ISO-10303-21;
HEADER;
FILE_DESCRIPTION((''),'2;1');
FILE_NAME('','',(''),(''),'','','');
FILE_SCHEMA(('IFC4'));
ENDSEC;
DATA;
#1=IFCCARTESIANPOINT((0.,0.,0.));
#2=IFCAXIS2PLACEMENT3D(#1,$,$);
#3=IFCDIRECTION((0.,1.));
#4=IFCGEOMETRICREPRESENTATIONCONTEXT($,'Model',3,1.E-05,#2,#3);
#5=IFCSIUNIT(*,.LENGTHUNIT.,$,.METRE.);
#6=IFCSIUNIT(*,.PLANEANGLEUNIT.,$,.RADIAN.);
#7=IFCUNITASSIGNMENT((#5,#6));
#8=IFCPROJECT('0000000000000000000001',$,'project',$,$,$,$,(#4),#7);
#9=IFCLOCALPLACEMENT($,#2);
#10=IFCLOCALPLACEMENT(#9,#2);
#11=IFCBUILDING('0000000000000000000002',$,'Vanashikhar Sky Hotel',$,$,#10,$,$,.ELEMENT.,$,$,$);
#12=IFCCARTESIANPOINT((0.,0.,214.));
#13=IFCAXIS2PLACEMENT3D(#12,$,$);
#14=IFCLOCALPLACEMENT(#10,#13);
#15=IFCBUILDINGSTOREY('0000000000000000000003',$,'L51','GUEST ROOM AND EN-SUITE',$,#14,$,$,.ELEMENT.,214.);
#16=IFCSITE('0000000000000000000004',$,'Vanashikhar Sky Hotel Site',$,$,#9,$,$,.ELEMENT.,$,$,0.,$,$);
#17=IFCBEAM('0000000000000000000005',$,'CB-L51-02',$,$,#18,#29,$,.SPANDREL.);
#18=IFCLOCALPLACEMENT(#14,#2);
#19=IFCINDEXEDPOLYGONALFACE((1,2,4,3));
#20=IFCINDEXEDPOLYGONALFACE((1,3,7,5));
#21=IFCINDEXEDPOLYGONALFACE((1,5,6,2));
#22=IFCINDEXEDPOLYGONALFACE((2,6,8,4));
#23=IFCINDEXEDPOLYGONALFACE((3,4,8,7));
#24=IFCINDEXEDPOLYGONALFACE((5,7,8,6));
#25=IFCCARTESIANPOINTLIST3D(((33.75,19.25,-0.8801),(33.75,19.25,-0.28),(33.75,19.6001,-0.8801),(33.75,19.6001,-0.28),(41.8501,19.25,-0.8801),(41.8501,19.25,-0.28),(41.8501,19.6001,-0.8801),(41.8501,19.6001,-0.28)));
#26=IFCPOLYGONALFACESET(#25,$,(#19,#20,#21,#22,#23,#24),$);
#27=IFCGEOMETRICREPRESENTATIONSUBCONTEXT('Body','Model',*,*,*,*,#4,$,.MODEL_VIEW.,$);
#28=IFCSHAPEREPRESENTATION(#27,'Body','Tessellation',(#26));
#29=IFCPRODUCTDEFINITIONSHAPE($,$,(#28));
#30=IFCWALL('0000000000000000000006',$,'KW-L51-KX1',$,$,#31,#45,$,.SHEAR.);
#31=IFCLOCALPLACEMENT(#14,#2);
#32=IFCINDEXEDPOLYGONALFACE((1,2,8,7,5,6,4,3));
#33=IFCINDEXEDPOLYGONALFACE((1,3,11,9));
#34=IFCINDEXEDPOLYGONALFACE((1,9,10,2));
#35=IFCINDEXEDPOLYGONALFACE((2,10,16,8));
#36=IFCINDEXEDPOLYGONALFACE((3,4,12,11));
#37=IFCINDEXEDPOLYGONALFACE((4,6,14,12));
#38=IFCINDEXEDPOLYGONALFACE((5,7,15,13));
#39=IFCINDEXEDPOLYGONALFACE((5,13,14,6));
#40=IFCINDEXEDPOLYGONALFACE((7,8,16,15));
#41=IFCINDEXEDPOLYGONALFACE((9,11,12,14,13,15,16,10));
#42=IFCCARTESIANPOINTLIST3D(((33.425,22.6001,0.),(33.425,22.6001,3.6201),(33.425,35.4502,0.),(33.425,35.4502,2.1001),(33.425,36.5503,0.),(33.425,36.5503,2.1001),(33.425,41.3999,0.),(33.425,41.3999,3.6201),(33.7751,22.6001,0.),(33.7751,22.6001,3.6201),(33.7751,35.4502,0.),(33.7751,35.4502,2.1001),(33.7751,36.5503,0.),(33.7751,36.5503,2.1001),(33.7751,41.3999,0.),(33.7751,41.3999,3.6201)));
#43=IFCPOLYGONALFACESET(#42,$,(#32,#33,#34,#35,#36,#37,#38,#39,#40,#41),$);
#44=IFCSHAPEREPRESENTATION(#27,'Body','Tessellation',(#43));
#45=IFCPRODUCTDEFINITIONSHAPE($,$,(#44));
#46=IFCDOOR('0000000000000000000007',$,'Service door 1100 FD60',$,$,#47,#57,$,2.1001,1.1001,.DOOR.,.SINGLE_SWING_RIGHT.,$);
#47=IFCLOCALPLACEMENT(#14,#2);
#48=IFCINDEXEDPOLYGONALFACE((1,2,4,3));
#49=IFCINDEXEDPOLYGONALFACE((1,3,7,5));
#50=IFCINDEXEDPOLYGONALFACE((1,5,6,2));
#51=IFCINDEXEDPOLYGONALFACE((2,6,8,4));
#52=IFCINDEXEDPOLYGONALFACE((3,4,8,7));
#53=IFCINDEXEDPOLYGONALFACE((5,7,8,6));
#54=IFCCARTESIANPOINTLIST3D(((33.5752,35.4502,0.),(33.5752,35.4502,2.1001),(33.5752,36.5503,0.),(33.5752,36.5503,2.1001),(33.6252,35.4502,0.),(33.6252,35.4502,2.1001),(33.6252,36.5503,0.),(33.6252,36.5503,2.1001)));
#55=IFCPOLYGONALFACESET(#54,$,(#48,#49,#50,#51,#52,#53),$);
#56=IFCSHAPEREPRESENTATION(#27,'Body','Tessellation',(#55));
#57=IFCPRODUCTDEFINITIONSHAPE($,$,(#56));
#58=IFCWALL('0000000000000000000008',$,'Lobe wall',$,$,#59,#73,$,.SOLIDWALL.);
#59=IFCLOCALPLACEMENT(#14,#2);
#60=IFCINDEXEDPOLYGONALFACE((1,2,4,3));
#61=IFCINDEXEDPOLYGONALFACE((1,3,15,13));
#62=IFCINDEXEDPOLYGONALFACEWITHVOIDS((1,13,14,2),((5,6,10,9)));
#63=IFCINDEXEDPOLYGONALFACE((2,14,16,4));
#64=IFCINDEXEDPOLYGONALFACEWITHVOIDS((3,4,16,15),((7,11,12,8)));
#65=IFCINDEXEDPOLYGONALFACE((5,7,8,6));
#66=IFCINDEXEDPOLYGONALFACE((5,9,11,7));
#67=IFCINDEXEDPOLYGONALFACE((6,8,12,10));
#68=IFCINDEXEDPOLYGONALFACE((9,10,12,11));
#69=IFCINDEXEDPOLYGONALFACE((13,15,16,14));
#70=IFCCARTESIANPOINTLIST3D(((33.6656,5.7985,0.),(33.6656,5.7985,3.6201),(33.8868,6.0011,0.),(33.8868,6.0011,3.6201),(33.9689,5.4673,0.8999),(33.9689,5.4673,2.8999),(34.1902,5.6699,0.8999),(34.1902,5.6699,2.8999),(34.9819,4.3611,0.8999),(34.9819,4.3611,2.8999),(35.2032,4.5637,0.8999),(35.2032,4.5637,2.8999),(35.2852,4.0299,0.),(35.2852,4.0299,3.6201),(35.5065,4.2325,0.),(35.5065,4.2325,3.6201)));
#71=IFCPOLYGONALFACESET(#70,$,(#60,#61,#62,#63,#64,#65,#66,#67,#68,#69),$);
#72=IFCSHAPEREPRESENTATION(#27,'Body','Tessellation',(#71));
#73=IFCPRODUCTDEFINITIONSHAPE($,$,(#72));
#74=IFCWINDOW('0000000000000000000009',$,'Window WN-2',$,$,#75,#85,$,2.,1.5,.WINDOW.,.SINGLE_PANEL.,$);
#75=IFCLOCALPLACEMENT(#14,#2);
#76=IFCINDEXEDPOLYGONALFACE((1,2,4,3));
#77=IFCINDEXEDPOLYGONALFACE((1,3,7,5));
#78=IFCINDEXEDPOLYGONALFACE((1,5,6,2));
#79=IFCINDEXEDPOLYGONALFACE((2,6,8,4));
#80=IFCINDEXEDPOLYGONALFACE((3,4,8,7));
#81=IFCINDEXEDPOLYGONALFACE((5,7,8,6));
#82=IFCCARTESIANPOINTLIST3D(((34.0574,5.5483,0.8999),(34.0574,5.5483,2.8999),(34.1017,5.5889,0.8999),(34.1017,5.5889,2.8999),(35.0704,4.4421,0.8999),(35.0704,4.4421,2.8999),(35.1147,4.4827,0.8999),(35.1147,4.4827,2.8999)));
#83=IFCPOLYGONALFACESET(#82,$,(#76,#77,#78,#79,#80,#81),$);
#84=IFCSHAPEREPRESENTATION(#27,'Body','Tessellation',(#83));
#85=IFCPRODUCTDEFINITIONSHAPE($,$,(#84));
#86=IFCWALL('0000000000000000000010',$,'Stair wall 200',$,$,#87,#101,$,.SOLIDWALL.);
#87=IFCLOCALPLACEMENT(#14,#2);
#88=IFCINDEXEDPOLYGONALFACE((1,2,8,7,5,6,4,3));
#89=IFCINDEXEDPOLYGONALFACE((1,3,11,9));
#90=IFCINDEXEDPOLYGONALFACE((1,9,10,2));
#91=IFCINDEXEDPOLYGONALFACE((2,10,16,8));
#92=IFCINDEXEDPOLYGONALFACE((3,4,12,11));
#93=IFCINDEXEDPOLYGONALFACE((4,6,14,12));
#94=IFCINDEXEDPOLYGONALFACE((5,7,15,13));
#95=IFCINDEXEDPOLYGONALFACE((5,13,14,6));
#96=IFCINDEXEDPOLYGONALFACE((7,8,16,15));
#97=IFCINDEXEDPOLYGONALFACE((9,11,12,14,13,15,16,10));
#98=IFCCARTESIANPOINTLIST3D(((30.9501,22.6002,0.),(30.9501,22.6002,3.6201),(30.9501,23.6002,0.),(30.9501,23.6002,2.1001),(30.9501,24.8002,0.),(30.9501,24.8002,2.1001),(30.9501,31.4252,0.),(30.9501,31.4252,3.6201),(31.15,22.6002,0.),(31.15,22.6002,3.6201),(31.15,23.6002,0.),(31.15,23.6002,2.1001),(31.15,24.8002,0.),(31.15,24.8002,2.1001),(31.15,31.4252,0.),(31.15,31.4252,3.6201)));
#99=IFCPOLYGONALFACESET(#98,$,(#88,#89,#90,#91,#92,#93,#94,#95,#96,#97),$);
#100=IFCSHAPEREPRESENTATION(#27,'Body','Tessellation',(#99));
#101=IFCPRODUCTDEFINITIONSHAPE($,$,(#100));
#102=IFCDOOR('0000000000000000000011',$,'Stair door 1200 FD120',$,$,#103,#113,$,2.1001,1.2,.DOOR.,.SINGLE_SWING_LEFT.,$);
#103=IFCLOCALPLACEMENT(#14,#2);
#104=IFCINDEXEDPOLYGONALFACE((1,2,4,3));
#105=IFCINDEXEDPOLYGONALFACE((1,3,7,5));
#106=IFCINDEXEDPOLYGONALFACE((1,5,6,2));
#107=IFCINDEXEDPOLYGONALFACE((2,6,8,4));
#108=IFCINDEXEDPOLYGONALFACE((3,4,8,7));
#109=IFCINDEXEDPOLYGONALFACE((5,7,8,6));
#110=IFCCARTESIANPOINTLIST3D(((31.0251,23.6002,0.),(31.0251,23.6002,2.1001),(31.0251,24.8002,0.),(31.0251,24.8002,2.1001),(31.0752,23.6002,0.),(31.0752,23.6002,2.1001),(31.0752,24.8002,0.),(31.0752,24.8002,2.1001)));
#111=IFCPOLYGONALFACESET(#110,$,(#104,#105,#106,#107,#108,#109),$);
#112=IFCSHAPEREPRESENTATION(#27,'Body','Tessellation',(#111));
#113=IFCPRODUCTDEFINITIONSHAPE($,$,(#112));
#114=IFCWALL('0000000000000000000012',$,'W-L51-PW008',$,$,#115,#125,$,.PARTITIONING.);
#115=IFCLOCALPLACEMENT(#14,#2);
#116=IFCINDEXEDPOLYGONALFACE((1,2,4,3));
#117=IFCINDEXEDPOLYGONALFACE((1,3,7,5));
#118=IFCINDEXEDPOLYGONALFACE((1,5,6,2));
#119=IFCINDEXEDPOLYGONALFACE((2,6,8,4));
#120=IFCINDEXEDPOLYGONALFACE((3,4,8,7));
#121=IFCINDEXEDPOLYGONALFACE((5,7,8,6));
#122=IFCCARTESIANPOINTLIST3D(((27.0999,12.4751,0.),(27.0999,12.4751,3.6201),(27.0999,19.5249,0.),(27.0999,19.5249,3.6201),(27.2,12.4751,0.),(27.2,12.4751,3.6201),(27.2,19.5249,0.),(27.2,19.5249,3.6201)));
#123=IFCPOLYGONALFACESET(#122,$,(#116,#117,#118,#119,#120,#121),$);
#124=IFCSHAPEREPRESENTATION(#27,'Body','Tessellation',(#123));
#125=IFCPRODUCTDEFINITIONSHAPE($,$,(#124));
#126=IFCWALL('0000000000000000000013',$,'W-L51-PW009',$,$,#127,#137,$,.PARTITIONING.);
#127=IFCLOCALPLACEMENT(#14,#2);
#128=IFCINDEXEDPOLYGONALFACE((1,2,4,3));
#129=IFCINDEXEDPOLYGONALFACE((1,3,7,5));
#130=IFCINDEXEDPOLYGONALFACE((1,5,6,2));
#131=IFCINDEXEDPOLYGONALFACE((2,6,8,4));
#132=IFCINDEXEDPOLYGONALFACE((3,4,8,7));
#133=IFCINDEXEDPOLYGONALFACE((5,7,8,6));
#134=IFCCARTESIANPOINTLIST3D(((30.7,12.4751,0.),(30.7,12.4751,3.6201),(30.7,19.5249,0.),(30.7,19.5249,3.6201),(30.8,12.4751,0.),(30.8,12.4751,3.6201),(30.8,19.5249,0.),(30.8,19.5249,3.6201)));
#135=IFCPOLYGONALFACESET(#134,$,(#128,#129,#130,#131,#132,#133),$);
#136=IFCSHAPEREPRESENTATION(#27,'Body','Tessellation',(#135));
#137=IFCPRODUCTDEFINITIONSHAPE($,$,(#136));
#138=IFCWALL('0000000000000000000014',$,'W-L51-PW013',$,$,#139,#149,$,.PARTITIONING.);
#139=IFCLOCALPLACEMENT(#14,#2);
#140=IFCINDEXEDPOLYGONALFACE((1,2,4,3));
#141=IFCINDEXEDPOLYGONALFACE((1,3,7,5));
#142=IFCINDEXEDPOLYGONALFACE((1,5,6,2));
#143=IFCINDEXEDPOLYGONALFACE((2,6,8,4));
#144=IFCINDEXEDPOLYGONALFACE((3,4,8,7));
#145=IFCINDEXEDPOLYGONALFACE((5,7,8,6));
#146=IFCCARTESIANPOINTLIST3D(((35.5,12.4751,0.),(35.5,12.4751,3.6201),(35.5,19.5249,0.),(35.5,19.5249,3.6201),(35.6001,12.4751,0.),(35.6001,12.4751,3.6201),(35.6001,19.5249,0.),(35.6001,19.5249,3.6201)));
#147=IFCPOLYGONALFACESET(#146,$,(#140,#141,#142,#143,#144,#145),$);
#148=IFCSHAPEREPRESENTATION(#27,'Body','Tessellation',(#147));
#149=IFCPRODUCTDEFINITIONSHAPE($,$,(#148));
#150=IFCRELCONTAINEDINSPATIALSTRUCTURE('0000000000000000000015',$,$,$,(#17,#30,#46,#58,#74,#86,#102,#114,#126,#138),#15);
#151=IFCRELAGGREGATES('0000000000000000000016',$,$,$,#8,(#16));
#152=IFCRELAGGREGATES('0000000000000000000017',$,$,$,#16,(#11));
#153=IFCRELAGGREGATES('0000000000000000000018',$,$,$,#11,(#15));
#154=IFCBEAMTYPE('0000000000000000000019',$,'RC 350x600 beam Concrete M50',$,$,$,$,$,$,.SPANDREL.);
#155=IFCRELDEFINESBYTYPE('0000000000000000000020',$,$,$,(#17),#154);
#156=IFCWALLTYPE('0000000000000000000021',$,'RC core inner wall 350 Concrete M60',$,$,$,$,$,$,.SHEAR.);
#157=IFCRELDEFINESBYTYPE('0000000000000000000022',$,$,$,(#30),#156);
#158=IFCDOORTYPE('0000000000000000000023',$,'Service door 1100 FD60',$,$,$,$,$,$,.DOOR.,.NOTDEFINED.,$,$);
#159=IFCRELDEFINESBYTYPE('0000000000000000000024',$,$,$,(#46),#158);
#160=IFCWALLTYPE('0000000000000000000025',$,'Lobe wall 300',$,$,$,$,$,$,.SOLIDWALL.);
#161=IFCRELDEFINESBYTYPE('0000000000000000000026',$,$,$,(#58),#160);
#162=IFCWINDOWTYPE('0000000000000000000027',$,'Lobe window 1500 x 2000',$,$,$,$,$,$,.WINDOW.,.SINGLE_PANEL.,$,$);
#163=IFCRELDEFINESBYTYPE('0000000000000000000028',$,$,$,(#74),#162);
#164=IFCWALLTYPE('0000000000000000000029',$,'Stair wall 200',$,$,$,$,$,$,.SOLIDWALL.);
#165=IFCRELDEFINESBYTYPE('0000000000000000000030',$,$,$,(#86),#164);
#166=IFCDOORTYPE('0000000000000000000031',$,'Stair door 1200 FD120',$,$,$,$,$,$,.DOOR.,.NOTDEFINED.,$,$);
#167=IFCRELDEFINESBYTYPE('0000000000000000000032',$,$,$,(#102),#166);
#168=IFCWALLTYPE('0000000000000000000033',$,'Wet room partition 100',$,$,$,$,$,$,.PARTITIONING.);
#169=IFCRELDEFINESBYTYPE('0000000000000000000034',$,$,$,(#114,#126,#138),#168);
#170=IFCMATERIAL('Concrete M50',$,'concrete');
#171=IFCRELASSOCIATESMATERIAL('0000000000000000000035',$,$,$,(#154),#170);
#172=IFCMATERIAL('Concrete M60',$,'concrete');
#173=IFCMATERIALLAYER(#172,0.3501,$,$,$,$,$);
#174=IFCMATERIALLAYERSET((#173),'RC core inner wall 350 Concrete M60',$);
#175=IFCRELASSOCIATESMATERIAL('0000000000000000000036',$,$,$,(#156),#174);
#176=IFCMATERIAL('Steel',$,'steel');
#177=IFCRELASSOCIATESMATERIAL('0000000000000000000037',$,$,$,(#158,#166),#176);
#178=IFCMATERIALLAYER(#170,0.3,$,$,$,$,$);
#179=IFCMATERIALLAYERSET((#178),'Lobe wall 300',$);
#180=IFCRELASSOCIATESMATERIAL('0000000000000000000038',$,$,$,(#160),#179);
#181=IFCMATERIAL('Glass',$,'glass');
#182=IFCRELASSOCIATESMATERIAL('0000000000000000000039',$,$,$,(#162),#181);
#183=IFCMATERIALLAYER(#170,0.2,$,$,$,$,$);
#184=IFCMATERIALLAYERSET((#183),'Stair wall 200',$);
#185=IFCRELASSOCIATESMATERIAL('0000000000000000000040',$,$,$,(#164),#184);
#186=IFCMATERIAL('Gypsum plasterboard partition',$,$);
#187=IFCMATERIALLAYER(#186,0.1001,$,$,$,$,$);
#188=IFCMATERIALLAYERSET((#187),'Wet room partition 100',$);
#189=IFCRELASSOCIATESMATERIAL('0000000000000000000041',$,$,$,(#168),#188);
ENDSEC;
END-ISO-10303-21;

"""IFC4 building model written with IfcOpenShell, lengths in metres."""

from ifc_helpers import new_model, si_unit, direction, frame, frame_2d, origin, origin_2d, place, context, subcontext, project, spatial, rectangle, extrude, source, transform, mapped, material, layer, layer_set, material_profile, profile_set, type_object, element, fill, save


model = new_model("IFC4")

# Units and contexts
model_context = context("Model", 3, precision=1e-05, world=origin(), true_north=direction((0.0, 1.0)))
body_context = subcontext(model_context, "Body", "Model", "MODEL_VIEW")
ifc_project = project(units=[si_unit("LENGTHUNIT", "METRE"), si_unit("PLANEANGLEUNIT", "RADIAN")], contexts=[model_context])

# Site, building, storey
site_placement = place(None, origin())
site = spatial("IfcSite", under=ifc_project, at=site_placement, Name="Vanashikhar Sky Hotel Site", CompositionType="ELEMENT", RefElevation=0.0)
building_placement = place(site_placement, origin())
building = spatial("IfcBuilding", under=site, at=building_placement, Name="Vanashikhar Sky Hotel", CompositionType="ELEMENT")
storey_placement = place(building_placement, frame((0.0, 0.0, 214.0)))
storey = spatial("IfcBuildingStorey", under=building, at=storey_placement, Name="L51", Description="GUEST ROOM AND EN-SUITE", CompositionType="ELEMENT", Elevation=214.0)

# Beam
ifc_material_1 = material(Name="Concrete M50", Category="concrete")
ifc_material_profile = material_profile(ifc_material_1, rectangle(XDim=0.3501, YDim=0.6001, at=origin_2d()))
ifc_profile_set = profile_set([ifc_material_profile], Name="RC 350x600 beam Concrete M50")
beam_type = type_object("IfcBeamType", Name="RC 350x600 beam Concrete M50", PredefinedType="SPANDREL", material=ifc_profile_set)
shared_shape_1 = source(origin(), body_context, "Body", "SweptSolid", [
    extrude(rectangle(XDim=0.3501, YDim=0.6001, at=origin_2d()), origin(), (0.0, 0.0, 1.0), 8.1001),
])
beam_placement = place(storey_placement, frame((33.75, 19.425, -0.5801), z_axis=(1.0, 0.0, 0.0), x_axis=(0.0, 1.0, 0.0)))
element("IfcBeam", 1, at=beam_placement, inside=storey, type_object=beam_type, Name="CB-L51-02", PredefinedType="SPANDREL", context=body_context, shape_type="MappedRepresentation", body=[
    mapped(shared_shape_1, transform((0.0, 0.0, 0.0), scale=1.0)),
])

# Wall, opening, door
ifc_material_2 = material(Name="Concrete M60", Category="concrete")
ifc_layer_1 = layer(ifc_material_2, 0.3501)
ifc_layer_set_1 = layer_set([ifc_layer_1], Name="RC core inner wall 350 Concrete M60")
wall_type_1 = type_object("IfcWallType", Name="RC core inner wall 350 Concrete M60", PredefinedType="SHEAR", material=ifc_layer_set_1)
shared_shape_2 = source(origin(), body_context, "Body", "SweptSolid", [
    extrude(rectangle(XDim=18.7998, YDim=0.3501, at=frame_2d((9.3999, 0.0))), origin(), (0.0, 0.0, 1.0), 3.6201),
])
wall_1_placement = place(storey_placement, frame((33.6001, 22.6001, 0.0), z_axis=(0.0, 0.0, 1.0), x_axis=(0.0, 1.0, 0.0)))
wall_1 = element("IfcWall", 2, at=wall_1_placement, inside=storey, type_object=wall_type_1, Name="KW-L51-KX1", PredefinedType="SHEAR", context=body_context, shape_type="MappedRepresentation", body=[
    mapped(shared_shape_2, transform((0.0, 0.0, 0.0), scale=1.0)),
])
shared_shape_3 = source(origin(), body_context, "Body", "SweptSolid", [
    extrude(rectangle(XDim=1.1001, YDim=2.1001, at=frame_2d((0.55, 1.05))), frame((0.0, 0.1851, 0.0), z_axis=(0.0, -1.0, 0.0), x_axis=(1.0, 0.0, 0.0)), (0.0, 0.0, 1.0), 0.3701),
])
opening_1_placement = place(wall_1_placement, frame((12.8501, 0.0, 0.0)))
opening_1 = element("IfcOpeningElement", 3, at=opening_1_placement, cuts=wall_1, PredefinedType="OPENING", context=body_context, shape_type="MappedRepresentation", body=[
    mapped(shared_shape_3, transform((0.0, 0.0, 0.0), scale=1.0)),
])
ifc_material_3 = material(Name="Steel", Category="steel")
door_type_1 = type_object("IfcDoorType", Name="Service door 1100 FD60", OperationType="NOTDEFINED", PredefinedType="DOOR", material=ifc_material_3)
shared_shape_4 = source(origin(), body_context, "Body", "SweptSolid", [
    extrude(rectangle(XDim=1.1001, YDim=2.1001, at=frame_2d((0.55, 1.05))), frame((0.0, 0.0249, 0.0), z_axis=(0.0, -1.0, 0.0), x_axis=(1.0, 0.0, 0.0)), (0.0, 0.0, 1.0), 0.05),
])
door_1_placement = place(opening_1_placement, origin())
door_1 = element("IfcDoor", 4, at=door_1_placement, inside=storey, type_object=door_type_1, Name="Service door 1100 FD60", OperationType="SINGLE_SWING_RIGHT", OverallHeight=2.1001, OverallWidth=1.1001, PredefinedType="DOOR", context=body_context, shape_type="MappedRepresentation", body=[
    mapped(shared_shape_4, transform((0.0, 0.0, 0.0), scale=1.0)),
])
fill(opening_1, door_1)

# Wall, opening, window
ifc_layer_2 = layer(ifc_material_1, 0.3)
ifc_layer_set_2 = layer_set([ifc_layer_2], Name="Lobe wall 300")
wall_type_2 = type_object("IfcWallType", Name="Lobe wall 300", PredefinedType="SOLIDWALL", material=ifc_layer_set_2)
shared_shape_5 = source(origin(), body_context, "Body", "SweptSolid", [
    extrude(rectangle(XDim=2.3982, YDim=0.3, at=frame_2d((1.1992, 0.0))), origin(), (0.0, 0.0, 1.0), 3.6201),
])
wall_2_placement = place(storey_placement, frame((33.7761, 5.8999, 0.0), z_axis=(0.0, 0.0, 1.0), x_axis=(0.675374, -0.737475, 0.0)))
wall_2 = element("IfcWall", 5, at=wall_2_placement, inside=storey, type_object=wall_type_2, Name="Lobe wall", PredefinedType="SOLIDWALL", context=body_context, shape_type="MappedRepresentation", body=[
    mapped(shared_shape_5, transform((0.0, 0.0, 0.0), scale=1.0)),
])
shared_shape_6 = source(origin(), body_context, "Body", "SweptSolid", [
    extrude(rectangle(XDim=1.5, YDim=2.0, at=frame_2d((0.75, 1.0))), frame((0.0, 0.1602, 0.0), z_axis=(0.0, -1.0, 0.0), x_axis=(1.0, 0.0, 0.0)), (0.0, 0.0, 1.0), 0.3201),
])
opening_2_placement = place(wall_2_placement, frame((0.4492, 0.0, 0.8999)))
opening_2 = element("IfcOpeningElement", 6, at=opening_2_placement, cuts=wall_2, PredefinedType="OPENING", context=body_context, shape_type="MappedRepresentation", body=[
    mapped(shared_shape_6, transform((0.0, 0.0, 0.0), scale=1.0)),
])
ifc_material_4 = material(Name="Glass", Category="glass")
window_type = type_object("IfcWindowType", Name="Lobe window 1500 x 2000", PartitioningType="SINGLE_PANEL", PredefinedType="WINDOW", material=ifc_material_4)
shared_shape_7 = source(origin(), body_context, "Body", "SweptSolid", [
    extrude(rectangle(XDim=1.5, YDim=2.0, at=frame_2d((0.75, 1.0))), frame((0.0, 0.03, 0.0), z_axis=(0.0, -1.0, 0.0), x_axis=(1.0, 0.0, 0.0)), (0.0, 0.0, 1.0), 0.0601),
])
window_placement = place(opening_2_placement, origin())
window = element("IfcWindow", 7, at=window_placement, inside=storey, type_object=window_type, Name="Window WN-2", OverallHeight=2.0, OverallWidth=1.5, PartitioningType="SINGLE_PANEL", PredefinedType="WINDOW", context=body_context, shape_type="MappedRepresentation", body=[
    mapped(shared_shape_7, transform((0.0, 0.0, 0.0), scale=1.0)),
])
fill(opening_2, window)

# Wall, opening, door
ifc_layer_3 = layer(ifc_material_1, 0.2)
ifc_layer_set_3 = layer_set([ifc_layer_3], Name="Stair wall 200")
wall_type_3 = type_object("IfcWallType", Name="Stair wall 200", PredefinedType="SOLIDWALL", material=ifc_layer_set_3)
shared_shape_8 = source(origin(), body_context, "Body", "SweptSolid", [
    extrude(rectangle(XDim=8.825, YDim=0.2, at=frame_2d((4.4126, 0.0))), origin(), (0.0, 0.0, 1.0), 3.6201),
])
wall_3_placement = place(storey_placement, frame((31.05, 22.6001, 0.0), z_axis=(0.0, 0.0, 1.0), x_axis=(0.0, 1.0, 0.0)))
wall_3 = element("IfcWall", 8, at=wall_3_placement, inside=storey, type_object=wall_type_3, Name="Stair wall 200", PredefinedType="SOLIDWALL", context=body_context, shape_type="MappedRepresentation", body=[
    mapped(shared_shape_8, transform((0.0, 0.0, 0.0), scale=1.0)),
])
shared_shape_9 = source(origin(), body_context, "Body", "SweptSolid", [
    extrude(rectangle(XDim=1.2, YDim=2.1001, at=frame_2d((0.6001, 1.05))), frame((0.0, 0.1099, 0.0), z_axis=(0.0, -1.0, 0.0), x_axis=(1.0, 0.0, 0.0)), (0.0, 0.0, 1.0), 0.22),
])
opening_3_placement = place(wall_3_placement, frame((1.0, 0.0, 0.0)))
opening_3 = element("IfcOpeningElement", 9, at=opening_3_placement, cuts=wall_3, PredefinedType="OPENING", context=body_context, shape_type="MappedRepresentation", body=[
    mapped(shared_shape_9, transform((0.0, 0.0, 0.0), scale=1.0)),
])
door_type_2 = type_object("IfcDoorType", Name="Stair door 1200 FD120", OperationType="NOTDEFINED", PredefinedType="DOOR", material=ifc_material_3)
shared_shape_10 = source(origin(), body_context, "Body", "SweptSolid", [
    extrude(rectangle(XDim=1.2, YDim=2.1001, at=frame_2d((0.6001, 1.05))), frame((0.0, 0.0249, 0.0), z_axis=(0.0, -1.0, 0.0), x_axis=(1.0, 0.0, 0.0)), (0.0, 0.0, 1.0), 0.05),
])
door_2_placement = place(opening_3_placement, origin())
door_2 = element("IfcDoor", 10, at=door_2_placement, inside=storey, type_object=door_type_2, Name="Stair door 1200 FD120", OperationType="SINGLE_SWING_LEFT", OverallHeight=2.1001, OverallWidth=1.2, PredefinedType="DOOR", context=body_context, shape_type="MappedRepresentation", body=[
    mapped(shared_shape_10, transform((0.0, 0.0, 0.0), scale=1.0)),
])
fill(opening_3, door_2)

# Walls
ifc_material_5 = material(Name="Gypsum plasterboard partition")
ifc_layer_4 = layer(ifc_material_5, 0.1001)
ifc_layer_set_4 = layer_set([ifc_layer_4], Name="Wet room partition 100")
wall_type_4 = type_object("IfcWallType", Name="Wet room partition 100", PredefinedType="PARTITIONING", material=ifc_layer_set_4)
shared_shape_11 = source(origin(), body_context, "Body", "SweptSolid", [
    extrude(rectangle(XDim=7.0498, YDim=0.1001, at=frame_2d((3.5249, 0.0))), origin(), (0.0, 0.0, 1.0), 3.6201),
])
for number, where, z_axis, x_axis, name in (
    (11, (27.1499, 12.4751, 0.0), (0.0, 0.0, 1.0), (0.0, 1.0, 0.0), "W-L51-PW008"),
    (12, (30.75, 12.4751, 0.0), (0.0, 0.0, 1.0), (0.0, 1.0, 0.0), "W-L51-PW009"),
    (13, (35.55, 12.4751, 0.0), (0.0, 0.0, 1.0), (0.0, 1.0, 0.0), "W-L51-PW013"),
):
    element("IfcWall", number, at=place(storey_placement, frame(where, z_axis=z_axis, x_axis=x_axis)), inside=storey, type_object=wall_type_4, Name=name, PredefinedType="PARTITIONING", context=body_context, shape_type="MappedRepresentation", body=[
        mapped(shared_shape_11, transform((0.0, 0.0, 0.0), scale=1.0)),
    ])

save(model, "model.ifc")
